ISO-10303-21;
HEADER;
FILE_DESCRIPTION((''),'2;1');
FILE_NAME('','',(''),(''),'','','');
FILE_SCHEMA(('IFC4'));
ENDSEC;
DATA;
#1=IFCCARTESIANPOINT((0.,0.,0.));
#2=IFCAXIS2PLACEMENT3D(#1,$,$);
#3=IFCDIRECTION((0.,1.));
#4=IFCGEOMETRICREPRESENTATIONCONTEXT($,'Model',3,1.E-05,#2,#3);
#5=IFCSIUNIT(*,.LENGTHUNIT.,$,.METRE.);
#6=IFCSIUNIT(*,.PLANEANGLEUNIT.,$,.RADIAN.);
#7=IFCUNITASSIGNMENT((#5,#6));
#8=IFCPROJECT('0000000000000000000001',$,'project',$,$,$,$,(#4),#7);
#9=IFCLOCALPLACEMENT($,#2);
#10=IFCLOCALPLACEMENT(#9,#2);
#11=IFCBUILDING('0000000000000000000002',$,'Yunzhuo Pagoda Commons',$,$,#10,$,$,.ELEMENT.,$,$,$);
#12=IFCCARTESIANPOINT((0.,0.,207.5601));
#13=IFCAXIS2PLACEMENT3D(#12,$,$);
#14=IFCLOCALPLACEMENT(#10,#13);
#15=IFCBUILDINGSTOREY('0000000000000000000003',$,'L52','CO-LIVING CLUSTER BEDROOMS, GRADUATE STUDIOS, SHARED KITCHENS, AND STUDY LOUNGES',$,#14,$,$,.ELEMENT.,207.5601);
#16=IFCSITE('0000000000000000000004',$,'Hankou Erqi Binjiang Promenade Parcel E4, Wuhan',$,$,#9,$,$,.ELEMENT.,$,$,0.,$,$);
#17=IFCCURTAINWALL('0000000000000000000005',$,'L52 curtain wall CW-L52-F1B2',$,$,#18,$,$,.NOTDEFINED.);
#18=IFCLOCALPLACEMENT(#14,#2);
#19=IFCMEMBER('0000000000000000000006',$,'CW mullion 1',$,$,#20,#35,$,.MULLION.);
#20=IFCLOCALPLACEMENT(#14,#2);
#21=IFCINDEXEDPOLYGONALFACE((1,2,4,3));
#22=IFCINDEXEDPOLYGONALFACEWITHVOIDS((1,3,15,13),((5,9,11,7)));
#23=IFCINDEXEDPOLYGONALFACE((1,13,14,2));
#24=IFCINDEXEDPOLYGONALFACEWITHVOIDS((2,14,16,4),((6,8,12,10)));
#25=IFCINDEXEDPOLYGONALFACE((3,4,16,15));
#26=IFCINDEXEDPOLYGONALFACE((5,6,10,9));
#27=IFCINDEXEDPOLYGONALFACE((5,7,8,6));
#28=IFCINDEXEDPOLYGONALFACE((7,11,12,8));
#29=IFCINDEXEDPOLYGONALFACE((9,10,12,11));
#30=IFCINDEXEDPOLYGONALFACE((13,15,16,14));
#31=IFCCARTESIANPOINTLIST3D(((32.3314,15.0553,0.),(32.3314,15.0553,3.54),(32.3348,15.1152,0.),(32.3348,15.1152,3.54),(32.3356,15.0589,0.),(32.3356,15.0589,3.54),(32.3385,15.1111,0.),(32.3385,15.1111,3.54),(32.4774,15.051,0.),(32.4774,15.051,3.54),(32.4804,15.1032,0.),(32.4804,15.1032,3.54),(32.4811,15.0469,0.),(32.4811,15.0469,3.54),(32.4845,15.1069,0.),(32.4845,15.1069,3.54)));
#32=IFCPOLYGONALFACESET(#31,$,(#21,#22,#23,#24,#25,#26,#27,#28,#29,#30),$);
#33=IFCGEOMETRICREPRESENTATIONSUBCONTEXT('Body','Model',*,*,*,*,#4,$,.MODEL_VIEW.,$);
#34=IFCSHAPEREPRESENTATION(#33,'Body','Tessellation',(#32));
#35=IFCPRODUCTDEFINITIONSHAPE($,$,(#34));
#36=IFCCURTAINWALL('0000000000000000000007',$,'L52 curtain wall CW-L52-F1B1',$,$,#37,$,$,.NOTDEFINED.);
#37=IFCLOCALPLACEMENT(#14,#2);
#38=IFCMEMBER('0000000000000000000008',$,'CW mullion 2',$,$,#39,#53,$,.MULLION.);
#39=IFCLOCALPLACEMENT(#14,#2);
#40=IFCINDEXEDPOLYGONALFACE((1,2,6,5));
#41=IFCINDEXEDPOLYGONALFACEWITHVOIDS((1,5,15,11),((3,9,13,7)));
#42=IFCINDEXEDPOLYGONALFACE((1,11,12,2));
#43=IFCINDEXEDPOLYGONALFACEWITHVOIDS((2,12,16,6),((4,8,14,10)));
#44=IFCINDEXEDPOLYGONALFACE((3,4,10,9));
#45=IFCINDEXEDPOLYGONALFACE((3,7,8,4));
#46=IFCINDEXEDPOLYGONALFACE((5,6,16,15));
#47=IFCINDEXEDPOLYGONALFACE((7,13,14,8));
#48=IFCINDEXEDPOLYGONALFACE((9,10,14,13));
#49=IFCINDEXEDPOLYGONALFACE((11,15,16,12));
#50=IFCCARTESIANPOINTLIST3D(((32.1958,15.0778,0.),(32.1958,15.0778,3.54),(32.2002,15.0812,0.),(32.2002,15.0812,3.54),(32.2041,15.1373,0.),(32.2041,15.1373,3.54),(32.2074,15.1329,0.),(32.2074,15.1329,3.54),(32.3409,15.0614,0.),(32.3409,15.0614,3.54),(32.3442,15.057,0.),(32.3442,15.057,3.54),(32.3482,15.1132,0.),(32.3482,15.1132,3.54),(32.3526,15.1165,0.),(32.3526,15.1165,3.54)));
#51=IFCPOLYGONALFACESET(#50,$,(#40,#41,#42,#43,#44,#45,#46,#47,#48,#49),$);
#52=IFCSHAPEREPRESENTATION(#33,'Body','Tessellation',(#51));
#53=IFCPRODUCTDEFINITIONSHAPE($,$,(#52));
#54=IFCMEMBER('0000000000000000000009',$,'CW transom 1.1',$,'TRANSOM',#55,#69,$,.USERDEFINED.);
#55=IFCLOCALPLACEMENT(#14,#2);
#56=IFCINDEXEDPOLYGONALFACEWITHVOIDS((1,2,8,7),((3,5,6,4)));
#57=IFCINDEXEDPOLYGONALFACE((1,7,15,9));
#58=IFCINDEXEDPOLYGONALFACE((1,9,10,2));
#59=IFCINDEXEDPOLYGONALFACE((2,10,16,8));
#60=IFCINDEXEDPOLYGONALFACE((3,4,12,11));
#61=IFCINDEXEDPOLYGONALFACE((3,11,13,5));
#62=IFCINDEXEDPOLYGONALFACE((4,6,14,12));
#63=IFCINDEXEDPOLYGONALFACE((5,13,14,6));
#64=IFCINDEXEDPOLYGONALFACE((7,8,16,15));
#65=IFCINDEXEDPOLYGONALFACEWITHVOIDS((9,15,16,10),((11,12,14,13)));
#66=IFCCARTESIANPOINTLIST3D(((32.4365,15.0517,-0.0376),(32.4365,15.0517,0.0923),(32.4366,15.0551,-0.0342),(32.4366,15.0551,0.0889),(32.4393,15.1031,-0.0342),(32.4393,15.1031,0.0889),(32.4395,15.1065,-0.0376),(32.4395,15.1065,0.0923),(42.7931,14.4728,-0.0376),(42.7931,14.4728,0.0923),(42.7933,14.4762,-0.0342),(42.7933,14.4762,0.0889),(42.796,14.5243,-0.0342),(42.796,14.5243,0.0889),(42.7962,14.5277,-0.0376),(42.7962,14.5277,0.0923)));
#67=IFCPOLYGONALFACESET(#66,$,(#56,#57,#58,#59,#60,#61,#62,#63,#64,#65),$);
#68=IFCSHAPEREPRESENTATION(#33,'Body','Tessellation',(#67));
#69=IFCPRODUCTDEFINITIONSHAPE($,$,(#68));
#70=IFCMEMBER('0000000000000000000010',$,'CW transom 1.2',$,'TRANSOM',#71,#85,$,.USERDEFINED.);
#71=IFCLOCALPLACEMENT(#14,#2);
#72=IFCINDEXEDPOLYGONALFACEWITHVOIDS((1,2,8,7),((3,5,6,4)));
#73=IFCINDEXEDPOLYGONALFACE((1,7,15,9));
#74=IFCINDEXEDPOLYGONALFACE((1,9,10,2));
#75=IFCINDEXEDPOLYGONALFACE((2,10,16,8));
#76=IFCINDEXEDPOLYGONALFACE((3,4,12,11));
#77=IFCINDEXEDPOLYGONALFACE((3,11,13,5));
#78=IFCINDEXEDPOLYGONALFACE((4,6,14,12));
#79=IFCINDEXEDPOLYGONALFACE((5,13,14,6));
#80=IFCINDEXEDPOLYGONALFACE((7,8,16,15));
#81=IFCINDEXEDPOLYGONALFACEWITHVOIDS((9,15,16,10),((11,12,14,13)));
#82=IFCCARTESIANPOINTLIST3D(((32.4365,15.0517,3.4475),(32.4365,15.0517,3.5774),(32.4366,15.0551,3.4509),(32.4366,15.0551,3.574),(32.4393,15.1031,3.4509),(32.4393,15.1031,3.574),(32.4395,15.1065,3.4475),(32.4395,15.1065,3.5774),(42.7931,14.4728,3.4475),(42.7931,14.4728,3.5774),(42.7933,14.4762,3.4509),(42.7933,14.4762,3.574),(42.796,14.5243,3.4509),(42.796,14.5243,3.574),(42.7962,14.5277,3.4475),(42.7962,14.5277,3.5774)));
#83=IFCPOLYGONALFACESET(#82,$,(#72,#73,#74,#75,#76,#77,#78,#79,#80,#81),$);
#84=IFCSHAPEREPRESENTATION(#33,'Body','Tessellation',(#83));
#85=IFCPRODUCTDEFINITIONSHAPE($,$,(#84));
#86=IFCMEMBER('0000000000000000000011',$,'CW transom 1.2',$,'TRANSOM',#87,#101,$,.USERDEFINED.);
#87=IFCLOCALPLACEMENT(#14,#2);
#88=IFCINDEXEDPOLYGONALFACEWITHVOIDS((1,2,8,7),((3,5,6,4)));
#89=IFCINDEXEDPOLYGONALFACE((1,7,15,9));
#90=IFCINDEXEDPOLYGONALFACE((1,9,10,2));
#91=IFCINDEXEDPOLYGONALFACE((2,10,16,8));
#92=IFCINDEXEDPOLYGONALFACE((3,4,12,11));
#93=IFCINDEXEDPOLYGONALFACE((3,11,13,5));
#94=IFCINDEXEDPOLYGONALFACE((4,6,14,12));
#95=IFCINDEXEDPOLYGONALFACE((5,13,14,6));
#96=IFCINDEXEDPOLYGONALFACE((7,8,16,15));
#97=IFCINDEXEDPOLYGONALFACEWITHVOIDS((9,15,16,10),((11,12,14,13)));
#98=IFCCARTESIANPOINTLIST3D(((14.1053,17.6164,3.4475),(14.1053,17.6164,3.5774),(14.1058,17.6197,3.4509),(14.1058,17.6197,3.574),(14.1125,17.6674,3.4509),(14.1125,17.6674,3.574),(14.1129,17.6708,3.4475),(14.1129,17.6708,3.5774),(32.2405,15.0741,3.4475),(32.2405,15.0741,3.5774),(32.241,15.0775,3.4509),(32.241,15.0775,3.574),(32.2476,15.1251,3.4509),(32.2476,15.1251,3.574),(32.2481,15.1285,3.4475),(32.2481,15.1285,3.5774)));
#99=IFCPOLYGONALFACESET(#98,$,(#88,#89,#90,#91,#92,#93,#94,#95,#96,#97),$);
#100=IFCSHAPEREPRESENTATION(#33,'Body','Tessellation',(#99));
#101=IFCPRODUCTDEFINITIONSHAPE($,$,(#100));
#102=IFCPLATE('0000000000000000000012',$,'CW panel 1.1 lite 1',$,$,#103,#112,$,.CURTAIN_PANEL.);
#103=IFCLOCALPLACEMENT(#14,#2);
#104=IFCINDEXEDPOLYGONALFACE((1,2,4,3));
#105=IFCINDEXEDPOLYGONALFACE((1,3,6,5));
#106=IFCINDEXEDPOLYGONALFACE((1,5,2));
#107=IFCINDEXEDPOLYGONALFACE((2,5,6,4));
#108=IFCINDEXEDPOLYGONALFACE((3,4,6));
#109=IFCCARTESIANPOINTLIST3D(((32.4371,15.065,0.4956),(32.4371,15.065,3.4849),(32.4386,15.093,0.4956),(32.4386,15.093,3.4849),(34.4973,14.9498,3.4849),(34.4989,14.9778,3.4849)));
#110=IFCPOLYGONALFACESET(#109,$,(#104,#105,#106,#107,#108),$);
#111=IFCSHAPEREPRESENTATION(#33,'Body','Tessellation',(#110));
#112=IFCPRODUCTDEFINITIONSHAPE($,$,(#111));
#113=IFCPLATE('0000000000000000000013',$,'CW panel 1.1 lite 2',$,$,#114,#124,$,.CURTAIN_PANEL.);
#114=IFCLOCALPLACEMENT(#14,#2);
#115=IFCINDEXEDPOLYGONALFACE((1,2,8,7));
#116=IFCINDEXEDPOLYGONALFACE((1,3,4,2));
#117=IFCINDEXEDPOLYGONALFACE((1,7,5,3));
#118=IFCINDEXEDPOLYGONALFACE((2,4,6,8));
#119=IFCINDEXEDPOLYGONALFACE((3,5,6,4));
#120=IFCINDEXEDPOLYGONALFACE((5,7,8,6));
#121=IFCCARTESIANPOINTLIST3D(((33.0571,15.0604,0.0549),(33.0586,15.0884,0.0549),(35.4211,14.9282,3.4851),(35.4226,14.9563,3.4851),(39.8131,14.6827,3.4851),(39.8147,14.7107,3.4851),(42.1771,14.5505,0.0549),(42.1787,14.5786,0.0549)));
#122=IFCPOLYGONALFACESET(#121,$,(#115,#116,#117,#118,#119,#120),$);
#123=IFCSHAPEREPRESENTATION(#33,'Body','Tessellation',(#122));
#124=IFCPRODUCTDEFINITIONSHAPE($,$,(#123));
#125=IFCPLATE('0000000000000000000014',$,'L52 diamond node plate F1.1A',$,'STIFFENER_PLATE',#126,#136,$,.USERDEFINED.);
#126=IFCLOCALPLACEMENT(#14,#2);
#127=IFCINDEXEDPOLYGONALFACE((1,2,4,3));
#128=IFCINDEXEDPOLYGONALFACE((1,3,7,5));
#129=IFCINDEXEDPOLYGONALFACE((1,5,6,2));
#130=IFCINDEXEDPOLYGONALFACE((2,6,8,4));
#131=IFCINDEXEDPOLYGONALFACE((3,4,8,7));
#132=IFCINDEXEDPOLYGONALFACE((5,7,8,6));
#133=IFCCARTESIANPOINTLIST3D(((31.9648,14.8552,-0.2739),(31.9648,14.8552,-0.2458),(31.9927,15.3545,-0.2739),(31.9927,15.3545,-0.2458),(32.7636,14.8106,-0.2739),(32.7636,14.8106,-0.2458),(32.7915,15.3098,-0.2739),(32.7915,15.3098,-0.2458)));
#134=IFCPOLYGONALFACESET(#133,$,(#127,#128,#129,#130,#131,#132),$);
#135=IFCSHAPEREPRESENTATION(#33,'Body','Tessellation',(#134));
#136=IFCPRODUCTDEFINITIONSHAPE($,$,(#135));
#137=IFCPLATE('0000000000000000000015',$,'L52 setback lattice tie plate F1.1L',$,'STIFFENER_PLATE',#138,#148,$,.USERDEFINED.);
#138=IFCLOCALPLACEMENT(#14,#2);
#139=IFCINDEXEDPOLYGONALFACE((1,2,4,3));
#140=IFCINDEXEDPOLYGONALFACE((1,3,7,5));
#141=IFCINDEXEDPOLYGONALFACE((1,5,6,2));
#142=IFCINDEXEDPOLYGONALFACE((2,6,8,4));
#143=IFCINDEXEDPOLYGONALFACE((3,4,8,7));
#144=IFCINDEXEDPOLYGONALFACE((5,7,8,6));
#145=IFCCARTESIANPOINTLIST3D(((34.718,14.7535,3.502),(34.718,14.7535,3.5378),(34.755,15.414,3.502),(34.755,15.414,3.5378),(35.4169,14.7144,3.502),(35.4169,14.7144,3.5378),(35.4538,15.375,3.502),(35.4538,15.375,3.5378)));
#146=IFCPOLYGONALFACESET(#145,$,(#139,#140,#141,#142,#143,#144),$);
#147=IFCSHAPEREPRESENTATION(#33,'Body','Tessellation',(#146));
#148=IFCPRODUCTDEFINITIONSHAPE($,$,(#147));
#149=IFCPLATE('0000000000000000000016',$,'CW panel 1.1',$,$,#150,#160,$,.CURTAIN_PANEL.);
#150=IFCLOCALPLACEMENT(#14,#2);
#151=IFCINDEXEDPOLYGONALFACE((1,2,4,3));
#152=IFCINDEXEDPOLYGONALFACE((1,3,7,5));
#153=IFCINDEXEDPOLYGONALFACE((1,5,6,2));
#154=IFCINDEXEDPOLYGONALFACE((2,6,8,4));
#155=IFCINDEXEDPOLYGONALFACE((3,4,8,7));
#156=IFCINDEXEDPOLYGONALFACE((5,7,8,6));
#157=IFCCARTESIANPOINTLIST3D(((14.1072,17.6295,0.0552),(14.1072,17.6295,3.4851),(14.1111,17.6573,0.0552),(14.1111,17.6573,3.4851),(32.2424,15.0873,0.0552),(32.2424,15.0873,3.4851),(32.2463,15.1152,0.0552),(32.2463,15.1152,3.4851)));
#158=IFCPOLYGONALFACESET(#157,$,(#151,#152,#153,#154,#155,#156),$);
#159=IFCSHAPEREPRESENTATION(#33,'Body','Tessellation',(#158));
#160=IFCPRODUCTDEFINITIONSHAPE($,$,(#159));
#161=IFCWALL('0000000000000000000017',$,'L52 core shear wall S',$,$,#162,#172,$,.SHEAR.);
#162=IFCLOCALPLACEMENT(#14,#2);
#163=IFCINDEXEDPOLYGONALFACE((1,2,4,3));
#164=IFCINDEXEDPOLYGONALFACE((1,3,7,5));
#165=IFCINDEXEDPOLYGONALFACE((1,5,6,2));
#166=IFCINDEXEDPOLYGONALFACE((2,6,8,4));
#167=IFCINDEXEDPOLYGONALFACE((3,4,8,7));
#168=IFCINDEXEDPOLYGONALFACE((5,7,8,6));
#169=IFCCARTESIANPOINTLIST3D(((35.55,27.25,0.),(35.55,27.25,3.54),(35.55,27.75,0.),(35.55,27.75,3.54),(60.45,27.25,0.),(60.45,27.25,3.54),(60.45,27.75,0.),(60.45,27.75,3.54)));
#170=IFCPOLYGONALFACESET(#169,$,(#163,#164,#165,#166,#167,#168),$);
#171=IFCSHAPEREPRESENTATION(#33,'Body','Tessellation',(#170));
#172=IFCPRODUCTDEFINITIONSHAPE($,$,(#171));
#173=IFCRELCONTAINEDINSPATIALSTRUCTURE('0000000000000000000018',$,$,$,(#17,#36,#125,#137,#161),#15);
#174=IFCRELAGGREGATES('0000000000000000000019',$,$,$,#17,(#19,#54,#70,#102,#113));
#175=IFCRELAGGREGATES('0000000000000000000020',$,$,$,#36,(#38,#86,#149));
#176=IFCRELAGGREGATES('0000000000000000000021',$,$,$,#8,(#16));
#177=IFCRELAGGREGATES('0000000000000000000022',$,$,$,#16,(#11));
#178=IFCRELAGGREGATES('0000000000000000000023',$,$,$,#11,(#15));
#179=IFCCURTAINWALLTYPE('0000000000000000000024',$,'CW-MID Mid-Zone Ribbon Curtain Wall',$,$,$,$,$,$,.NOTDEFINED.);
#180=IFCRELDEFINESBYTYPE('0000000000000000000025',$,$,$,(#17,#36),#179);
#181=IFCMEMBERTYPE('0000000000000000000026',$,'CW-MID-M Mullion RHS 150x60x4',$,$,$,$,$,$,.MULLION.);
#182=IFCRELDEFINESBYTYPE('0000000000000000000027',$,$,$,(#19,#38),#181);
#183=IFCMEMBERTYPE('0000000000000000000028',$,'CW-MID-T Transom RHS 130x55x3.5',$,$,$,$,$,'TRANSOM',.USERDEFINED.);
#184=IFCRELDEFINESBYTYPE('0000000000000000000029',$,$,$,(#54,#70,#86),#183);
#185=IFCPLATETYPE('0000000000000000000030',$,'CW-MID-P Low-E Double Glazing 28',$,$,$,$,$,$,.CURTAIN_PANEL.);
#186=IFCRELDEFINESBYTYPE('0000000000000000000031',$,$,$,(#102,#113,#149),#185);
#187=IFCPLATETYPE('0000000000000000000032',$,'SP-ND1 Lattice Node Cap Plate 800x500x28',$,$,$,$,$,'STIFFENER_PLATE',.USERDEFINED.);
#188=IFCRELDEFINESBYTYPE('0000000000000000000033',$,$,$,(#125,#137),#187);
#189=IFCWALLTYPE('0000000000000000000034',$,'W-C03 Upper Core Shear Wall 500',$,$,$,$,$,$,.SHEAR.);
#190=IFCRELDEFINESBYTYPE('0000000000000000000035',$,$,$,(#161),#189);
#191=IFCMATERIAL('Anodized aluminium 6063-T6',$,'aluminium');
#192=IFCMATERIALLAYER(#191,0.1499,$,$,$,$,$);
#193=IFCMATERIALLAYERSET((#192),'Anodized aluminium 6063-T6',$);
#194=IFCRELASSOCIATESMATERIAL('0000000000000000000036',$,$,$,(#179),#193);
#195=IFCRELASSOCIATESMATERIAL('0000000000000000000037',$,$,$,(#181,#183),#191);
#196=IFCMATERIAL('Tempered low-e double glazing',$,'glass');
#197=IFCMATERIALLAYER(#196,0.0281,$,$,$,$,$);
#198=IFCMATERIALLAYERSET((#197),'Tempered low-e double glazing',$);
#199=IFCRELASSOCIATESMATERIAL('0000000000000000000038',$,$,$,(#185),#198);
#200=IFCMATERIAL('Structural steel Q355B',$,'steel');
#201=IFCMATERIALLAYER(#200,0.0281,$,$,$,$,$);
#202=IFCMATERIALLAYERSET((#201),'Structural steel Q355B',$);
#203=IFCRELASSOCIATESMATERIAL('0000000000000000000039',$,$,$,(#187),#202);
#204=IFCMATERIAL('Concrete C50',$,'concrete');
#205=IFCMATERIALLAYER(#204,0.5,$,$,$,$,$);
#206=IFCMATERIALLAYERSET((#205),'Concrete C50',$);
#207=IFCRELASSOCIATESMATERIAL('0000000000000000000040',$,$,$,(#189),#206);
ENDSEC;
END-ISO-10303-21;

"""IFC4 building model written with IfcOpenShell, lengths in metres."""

from ifc_helpers import new_model, si_unit, direction, frame, frame_2d, origin, origin_2d, place, context, subcontext, project, spatial, polyline, rectangle, hollow_rectangle, outline, extrude, source, transform, mapped, material, layer, layer_set, material_profile, profile_set, type_object, element, aggregate, save


model = new_model("IFC4")

# Units and contexts
model_context = context("Model", 3, precision=1e-05, world=origin(), true_north=direction((0.0, 1.0)))
body_context = subcontext(model_context, "Body", "Model", "MODEL_VIEW")
ifc_project = project(units=[si_unit("LENGTHUNIT", "METRE"), si_unit("PLANEANGLEUNIT", "RADIAN")], contexts=[model_context])

# Site, building, storey
site_placement = place(None, origin())
site = spatial("IfcSite", under=ifc_project, at=site_placement, Name="Hankou Erqi Binjiang Promenade Parcel E4, Wuhan", CompositionType="ELEMENT", RefElevation=0.0)
building_placement = place(site_placement, origin())
building = spatial("IfcBuilding", under=site, at=building_placement, Name="Yunzhuo Pagoda Commons", CompositionType="ELEMENT")
storey_placement = place(building_placement, frame((0.0, 0.0, 207.5601)))
storey = spatial("IfcBuildingStorey", under=building, at=storey_placement, Name="L52", Description="CO-LIVING CLUSTER BEDROOMS, GRADUATE STUDIOS, SHARED KITCHENS, AND STUDY LOUNGES", CompositionType="ELEMENT", Elevation=207.5601)

# Shared definitions
ifc_material_1 = material(Name="Structural steel Q355B", Category="steel")

# Curtain walls, members
ifc_material_2 = material(Name="Anodized aluminium 6063-T6", Category="aluminium")
ifc_layer_1 = layer(ifc_material_2, 0.1499)
ifc_layer_set_1 = layer_set([ifc_layer_1], Name="Anodized aluminium 6063-T6")
curtain_wall_type = type_object("IfcCurtainWallType", Name="CW-MID Mid-Zone Ribbon Curtain Wall", PredefinedType="NOTDEFINED", material=ifc_layer_set_1)
curtain_wall_1_placement = place(storey_placement, origin())
curtain_wall_1 = element("IfcCurtainWall", 1, at=curtain_wall_1_placement, inside=storey, type_object=curtain_wall_type, Name="L52 curtain wall CW-L52-F1B2", PredefinedType="NOTDEFINED")
ifc_material_profile_1 = material_profile(ifc_material_2, hollow_rectangle(XDim=0.0601, YDim=0.1499, WallThickness=0.0039, at=origin_2d()), Name="Anodized aluminium 6063-T6")
ifc_profile_set_1 = profile_set([ifc_material_profile_1], Name="Anodized aluminium 6063-T6")
member_type_1 = type_object("IfcMemberType", Name="CW-MID-M Mullion RHS 150x60x4", PredefinedType="MULLION", material=ifc_profile_set_1)
shared_shape_1 = source(origin(), body_context, "Body", "SweptSolid", [
    extrude(hollow_rectangle(XDim=0.0601, YDim=0.1499, WallThickness=0.0039, at=origin_2d()), origin(), (0.0, 0.0, 1.0), 3.54),
])
member_1_placement = place(storey_placement, frame((32.408, 15.0811, 0.0), z_axis=(0.0, 0.0, 1.0), x_axis=(0.055819, 0.998441, 0.0)))
member_1 = element("IfcMember", 2, at=member_1_placement, type_object=member_type_1, Name="CW mullion 1", PredefinedType="MULLION", context=body_context, shape_type="MappedRepresentation", body=[
    mapped(shared_shape_1, transform((0.0, 0.0, 0.0), scale=1.0)),
])
curtain_wall_2_placement = place(storey_placement, origin())
curtain_wall_2 = element("IfcCurtainWall", 3, at=curtain_wall_2_placement, inside=storey, type_object=curtain_wall_type, Name="L52 curtain wall CW-L52-F1B1", PredefinedType="NOTDEFINED")
member_2_placement = place(storey_placement, frame((32.2742, 15.0972, 0.0), z_axis=(0.0, 0.0, 1.0), x_axis=(0.138819, 0.990318, 0.0)))
member_2 = element("IfcMember", 4, at=member_2_placement, type_object=member_type_1, Name="CW mullion 2", PredefinedType="MULLION", context=body_context, shape_type="MappedRepresentation", body=[
    mapped(shared_shape_1, transform((0.0, 0.0, 0.0), scale=1.0)),
])

# Members
ifc_material_profile_2 = material_profile(ifc_material_2, hollow_rectangle(XDim=0.0549, YDim=0.1299, WallThickness=0.0034, at=origin_2d()), Name="Anodized aluminium 6063-T6")
ifc_profile_set_2 = profile_set([ifc_material_profile_2], Name="Anodized aluminium 6063-T6")
member_type_2 = type_object("IfcMemberType", Name="CW-MID-T Transom RHS 130x55x3.5", ElementType="TRANSOM", PredefinedType="USERDEFINED", material=ifc_profile_set_2)
shared_shape_2 = source(origin(), body_context, "Body", "SweptSolid", [
    extrude(hollow_rectangle(XDim=0.0549, YDim=0.1299, WallThickness=0.0034, at=origin_2d()), origin(), (0.0, 0.0, 1.0), 10.3728),
])
member_3_placement = place(storey_placement, frame((32.438, 15.0791, 0.0273), z_axis=(0.998442, -0.055805, 0.0), x_axis=(0.055805, 0.998442, 0.0)))
member_3 = element("IfcMember", 5, at=member_3_placement, type_object=member_type_2, Name="CW transom 1.1", ObjectType="TRANSOM", PredefinedType="USERDEFINED", context=body_context, shape_type="MappedRepresentation", body=[
    mapped(shared_shape_2, transform((0.0, 0.0, 0.0), scale=1.0)),
])
member_4_placement = place(storey_placement, frame((32.438, 15.0791, 3.5125), z_axis=(0.998442, -0.055805, 0.0), x_axis=(0.055805, 0.998442, 0.0)))
member_4 = element("IfcMember", 6, at=member_4_placement, type_object=member_type_2, Name="CW transom 1.2", ObjectType="TRANSOM", PredefinedType="USERDEFINED", context=body_context, shape_type="MappedRepresentation", body=[
    mapped(shared_shape_2, transform((0.0, 0.0, 0.0), scale=1.0)),
])
shared_shape_3 = source(origin(), body_context, "Body", "SweptSolid", [
    extrude(hollow_rectangle(XDim=0.0549, YDim=0.1299, WallThickness=0.0034, at=origin_2d()), origin(), (0.0, 0.0, 1.0), 18.3125),
])
member_5_placement = place(storey_placement, frame((14.1091, 17.6436, 3.5125), z_axis=(0.990317, -0.138825, 0.0), x_axis=(0.138825, 0.990317, 0.0)))
member_5 = element("IfcMember", 7, at=member_5_placement, type_object=member_type_2, Name="CW transom 1.2", ObjectType="TRANSOM", PredefinedType="USERDEFINED", context=body_context, shape_type="MappedRepresentation", body=[
    mapped(shared_shape_3, transform((0.0, 0.0, 0.0), scale=1.0)),
])

# Plates
ifc_material_3 = material(Name="Tempered low-e double glazing", Category="glass")
ifc_layer_2 = layer(ifc_material_3, 0.0281)
ifc_layer_set_2 = layer_set([ifc_layer_2], Name="Tempered low-e double glazing")
plate_type_1 = type_object("IfcPlateType", Name="CW-MID-P Low-E Double Glazing 28", PredefinedType="CURTAIN_PANEL", material=ifc_layer_set_2)
plate_1_placement = place(storey_placement, frame((33.4688, 15.0354, 1.9902), z_axis=(-0.055819, -0.998441, 0.0), x_axis=(0.998441, -0.055819, 0.0)))
plate_1 = element("IfcPlate", 8, at=plate_1_placement, type_object=plate_type_1, Name="CW panel 1.1 lite 1", PredefinedType="CURTAIN_PANEL", context=body_context, shape_type="SweptSolid", body=[
    extrude(outline(polyline([(-1.0317, -1.4946), (1.0317, 1.4946), (-1.0317, 1.4946), (-1.0317, -1.4946)])), origin(), (0.0, 0.0, 1.0), 0.0281),
])
plate_2_placement = place(storey_placement, frame((37.6187, 14.8335, 1.77), z_axis=(-0.055819, -0.998441, 0.0), x_axis=(0.998441, -0.055819, 0.0)))
plate_2 = element("IfcPlate", 9, at=plate_2_placement, type_object=plate_type_1, Name="CW panel 1.1 lite 2", PredefinedType="CURTAIN_PANEL", context=body_context, shape_type="SweptSolid", body=[
    extrude(outline(polyline([(-4.5671, -1.7151), (4.5671, -1.7151), (2.1995, 1.7151), (-2.1995, 1.7151), (-4.5671, -1.7151)])), origin(), (0.0, 0.0, 1.0), 0.0281),
])
aggregate(curtain_wall_1, [member_1, member_3, member_4, plate_1, plate_2])

# Plates
ifc_layer_3 = layer(ifc_material_1, 0.0281)
ifc_layer_set_3 = layer_set([ifc_layer_3], Name="Structural steel Q355B")
plate_type_2 = type_object("IfcPlateType", Name="SP-ND1 Lattice Node Cap Plate 800x500x28", ElementType="STIFFENER_PLATE", PredefinedType="USERDEFINED", material=ifc_layer_set_3)
shared_shape_4 = source(origin(), body_context, "Body", "SweptSolid", [
    extrude(rectangle(XDim=0.8, YDim=0.5, at=origin_2d()), origin(), (0.0, 0.0, 1.0), 0.0281),
])
plate_3_placement = place(storey_placement, frame((32.3782, 15.0825, -0.2739), z_axis=(0.0, 0.0, 1.0), x_axis=(0.998441, -0.055822, 0.0)))
element("IfcPlate", 10, at=plate_3_placement, inside=storey, type_object=plate_type_2, Name="L52 diamond node plate F1.1A", ObjectType="STIFFENER_PLATE", PredefinedType="USERDEFINED", context=body_context, shape_type="MappedRepresentation", body=[
    mapped(shared_shape_4, transform((0.0, 0.0, 0.0), scale=1.0)),
])
shared_shape_5 = source(origin(), body_context, "Body", "SweptSolid", [
    extrude(rectangle(XDim=0.7, YDim=0.6616, at=origin_2d()), origin(), (0.0, 0.0, 1.0), 0.0359),
])
plate_4_placement = place(storey_placement, frame((35.0859, 15.0642, 3.502), z_axis=(0.0, 0.0, 1.0), x_axis=(0.998441, -0.055822, 0.0)))
element("IfcPlate", 11, at=plate_4_placement, inside=storey, type_object=plate_type_2, Name="L52 setback lattice tie plate F1.1L", ObjectType="STIFFENER_PLATE", PredefinedType="USERDEFINED", context=body_context, shape_type="MappedRepresentation", body=[
    mapped(shared_shape_5, transform((0.0, 0.0, 0.0), scale=1.0)),
])

# Plate
shared_shape_6 = source(origin(), body_context, "Body", "SweptSolid", [
    extrude(rectangle(XDim=18.3125, YDim=0.0281, at=origin_2d()), origin(), (0.0, 0.0, 1.0), 3.4299),
])
plate_5_placement = place(storey_placement, frame((23.1768, 16.3723, 0.0552), z_axis=(0.0, 0.0, 1.0), x_axis=(0.990318, -0.138819, 0.0)))
plate_5 = element("IfcPlate", 12, at=plate_5_placement, type_object=plate_type_1, Name="CW panel 1.1", PredefinedType="CURTAIN_PANEL", context=body_context, shape_type="MappedRepresentation", body=[
    mapped(shared_shape_6, transform((0.0, 0.0, 0.0), scale=1.0)),
])
aggregate(curtain_wall_2, [member_2, member_5, plate_5])

# Wall
ifc_material_4 = material(Name="Concrete C50", Category="concrete")
ifc_layer_4 = layer(ifc_material_4, 0.5)
ifc_layer_set_4 = layer_set([ifc_layer_4], Name="Concrete C50")
wall_type_1 = type_object("IfcWallType", Name="W-C03 Upper Core Shear Wall 500", PredefinedType="SHEAR", material=ifc_layer_set_4)
wall_1_placement = place(storey_placement, frame((35.55, 27.5, 0.0), z_axis=(0.0, 0.0, 1.0), x_axis=(1.0, 0.0, 0.0)))
element("IfcWall", 13, at=wall_1_placement, inside=storey, type_object=wall_type_1, Name="L52 core shear wall S", PredefinedType="SHEAR", context=body_context, shape_type="SweptSolid", body=[
    extrude(rectangle(XDim=24.8999, YDim=0.5, at=frame_2d((12.45, 0.0))), origin(), (0.0, 0.0, 1.0), 3.54),
])

save(model, "model.ifc")
